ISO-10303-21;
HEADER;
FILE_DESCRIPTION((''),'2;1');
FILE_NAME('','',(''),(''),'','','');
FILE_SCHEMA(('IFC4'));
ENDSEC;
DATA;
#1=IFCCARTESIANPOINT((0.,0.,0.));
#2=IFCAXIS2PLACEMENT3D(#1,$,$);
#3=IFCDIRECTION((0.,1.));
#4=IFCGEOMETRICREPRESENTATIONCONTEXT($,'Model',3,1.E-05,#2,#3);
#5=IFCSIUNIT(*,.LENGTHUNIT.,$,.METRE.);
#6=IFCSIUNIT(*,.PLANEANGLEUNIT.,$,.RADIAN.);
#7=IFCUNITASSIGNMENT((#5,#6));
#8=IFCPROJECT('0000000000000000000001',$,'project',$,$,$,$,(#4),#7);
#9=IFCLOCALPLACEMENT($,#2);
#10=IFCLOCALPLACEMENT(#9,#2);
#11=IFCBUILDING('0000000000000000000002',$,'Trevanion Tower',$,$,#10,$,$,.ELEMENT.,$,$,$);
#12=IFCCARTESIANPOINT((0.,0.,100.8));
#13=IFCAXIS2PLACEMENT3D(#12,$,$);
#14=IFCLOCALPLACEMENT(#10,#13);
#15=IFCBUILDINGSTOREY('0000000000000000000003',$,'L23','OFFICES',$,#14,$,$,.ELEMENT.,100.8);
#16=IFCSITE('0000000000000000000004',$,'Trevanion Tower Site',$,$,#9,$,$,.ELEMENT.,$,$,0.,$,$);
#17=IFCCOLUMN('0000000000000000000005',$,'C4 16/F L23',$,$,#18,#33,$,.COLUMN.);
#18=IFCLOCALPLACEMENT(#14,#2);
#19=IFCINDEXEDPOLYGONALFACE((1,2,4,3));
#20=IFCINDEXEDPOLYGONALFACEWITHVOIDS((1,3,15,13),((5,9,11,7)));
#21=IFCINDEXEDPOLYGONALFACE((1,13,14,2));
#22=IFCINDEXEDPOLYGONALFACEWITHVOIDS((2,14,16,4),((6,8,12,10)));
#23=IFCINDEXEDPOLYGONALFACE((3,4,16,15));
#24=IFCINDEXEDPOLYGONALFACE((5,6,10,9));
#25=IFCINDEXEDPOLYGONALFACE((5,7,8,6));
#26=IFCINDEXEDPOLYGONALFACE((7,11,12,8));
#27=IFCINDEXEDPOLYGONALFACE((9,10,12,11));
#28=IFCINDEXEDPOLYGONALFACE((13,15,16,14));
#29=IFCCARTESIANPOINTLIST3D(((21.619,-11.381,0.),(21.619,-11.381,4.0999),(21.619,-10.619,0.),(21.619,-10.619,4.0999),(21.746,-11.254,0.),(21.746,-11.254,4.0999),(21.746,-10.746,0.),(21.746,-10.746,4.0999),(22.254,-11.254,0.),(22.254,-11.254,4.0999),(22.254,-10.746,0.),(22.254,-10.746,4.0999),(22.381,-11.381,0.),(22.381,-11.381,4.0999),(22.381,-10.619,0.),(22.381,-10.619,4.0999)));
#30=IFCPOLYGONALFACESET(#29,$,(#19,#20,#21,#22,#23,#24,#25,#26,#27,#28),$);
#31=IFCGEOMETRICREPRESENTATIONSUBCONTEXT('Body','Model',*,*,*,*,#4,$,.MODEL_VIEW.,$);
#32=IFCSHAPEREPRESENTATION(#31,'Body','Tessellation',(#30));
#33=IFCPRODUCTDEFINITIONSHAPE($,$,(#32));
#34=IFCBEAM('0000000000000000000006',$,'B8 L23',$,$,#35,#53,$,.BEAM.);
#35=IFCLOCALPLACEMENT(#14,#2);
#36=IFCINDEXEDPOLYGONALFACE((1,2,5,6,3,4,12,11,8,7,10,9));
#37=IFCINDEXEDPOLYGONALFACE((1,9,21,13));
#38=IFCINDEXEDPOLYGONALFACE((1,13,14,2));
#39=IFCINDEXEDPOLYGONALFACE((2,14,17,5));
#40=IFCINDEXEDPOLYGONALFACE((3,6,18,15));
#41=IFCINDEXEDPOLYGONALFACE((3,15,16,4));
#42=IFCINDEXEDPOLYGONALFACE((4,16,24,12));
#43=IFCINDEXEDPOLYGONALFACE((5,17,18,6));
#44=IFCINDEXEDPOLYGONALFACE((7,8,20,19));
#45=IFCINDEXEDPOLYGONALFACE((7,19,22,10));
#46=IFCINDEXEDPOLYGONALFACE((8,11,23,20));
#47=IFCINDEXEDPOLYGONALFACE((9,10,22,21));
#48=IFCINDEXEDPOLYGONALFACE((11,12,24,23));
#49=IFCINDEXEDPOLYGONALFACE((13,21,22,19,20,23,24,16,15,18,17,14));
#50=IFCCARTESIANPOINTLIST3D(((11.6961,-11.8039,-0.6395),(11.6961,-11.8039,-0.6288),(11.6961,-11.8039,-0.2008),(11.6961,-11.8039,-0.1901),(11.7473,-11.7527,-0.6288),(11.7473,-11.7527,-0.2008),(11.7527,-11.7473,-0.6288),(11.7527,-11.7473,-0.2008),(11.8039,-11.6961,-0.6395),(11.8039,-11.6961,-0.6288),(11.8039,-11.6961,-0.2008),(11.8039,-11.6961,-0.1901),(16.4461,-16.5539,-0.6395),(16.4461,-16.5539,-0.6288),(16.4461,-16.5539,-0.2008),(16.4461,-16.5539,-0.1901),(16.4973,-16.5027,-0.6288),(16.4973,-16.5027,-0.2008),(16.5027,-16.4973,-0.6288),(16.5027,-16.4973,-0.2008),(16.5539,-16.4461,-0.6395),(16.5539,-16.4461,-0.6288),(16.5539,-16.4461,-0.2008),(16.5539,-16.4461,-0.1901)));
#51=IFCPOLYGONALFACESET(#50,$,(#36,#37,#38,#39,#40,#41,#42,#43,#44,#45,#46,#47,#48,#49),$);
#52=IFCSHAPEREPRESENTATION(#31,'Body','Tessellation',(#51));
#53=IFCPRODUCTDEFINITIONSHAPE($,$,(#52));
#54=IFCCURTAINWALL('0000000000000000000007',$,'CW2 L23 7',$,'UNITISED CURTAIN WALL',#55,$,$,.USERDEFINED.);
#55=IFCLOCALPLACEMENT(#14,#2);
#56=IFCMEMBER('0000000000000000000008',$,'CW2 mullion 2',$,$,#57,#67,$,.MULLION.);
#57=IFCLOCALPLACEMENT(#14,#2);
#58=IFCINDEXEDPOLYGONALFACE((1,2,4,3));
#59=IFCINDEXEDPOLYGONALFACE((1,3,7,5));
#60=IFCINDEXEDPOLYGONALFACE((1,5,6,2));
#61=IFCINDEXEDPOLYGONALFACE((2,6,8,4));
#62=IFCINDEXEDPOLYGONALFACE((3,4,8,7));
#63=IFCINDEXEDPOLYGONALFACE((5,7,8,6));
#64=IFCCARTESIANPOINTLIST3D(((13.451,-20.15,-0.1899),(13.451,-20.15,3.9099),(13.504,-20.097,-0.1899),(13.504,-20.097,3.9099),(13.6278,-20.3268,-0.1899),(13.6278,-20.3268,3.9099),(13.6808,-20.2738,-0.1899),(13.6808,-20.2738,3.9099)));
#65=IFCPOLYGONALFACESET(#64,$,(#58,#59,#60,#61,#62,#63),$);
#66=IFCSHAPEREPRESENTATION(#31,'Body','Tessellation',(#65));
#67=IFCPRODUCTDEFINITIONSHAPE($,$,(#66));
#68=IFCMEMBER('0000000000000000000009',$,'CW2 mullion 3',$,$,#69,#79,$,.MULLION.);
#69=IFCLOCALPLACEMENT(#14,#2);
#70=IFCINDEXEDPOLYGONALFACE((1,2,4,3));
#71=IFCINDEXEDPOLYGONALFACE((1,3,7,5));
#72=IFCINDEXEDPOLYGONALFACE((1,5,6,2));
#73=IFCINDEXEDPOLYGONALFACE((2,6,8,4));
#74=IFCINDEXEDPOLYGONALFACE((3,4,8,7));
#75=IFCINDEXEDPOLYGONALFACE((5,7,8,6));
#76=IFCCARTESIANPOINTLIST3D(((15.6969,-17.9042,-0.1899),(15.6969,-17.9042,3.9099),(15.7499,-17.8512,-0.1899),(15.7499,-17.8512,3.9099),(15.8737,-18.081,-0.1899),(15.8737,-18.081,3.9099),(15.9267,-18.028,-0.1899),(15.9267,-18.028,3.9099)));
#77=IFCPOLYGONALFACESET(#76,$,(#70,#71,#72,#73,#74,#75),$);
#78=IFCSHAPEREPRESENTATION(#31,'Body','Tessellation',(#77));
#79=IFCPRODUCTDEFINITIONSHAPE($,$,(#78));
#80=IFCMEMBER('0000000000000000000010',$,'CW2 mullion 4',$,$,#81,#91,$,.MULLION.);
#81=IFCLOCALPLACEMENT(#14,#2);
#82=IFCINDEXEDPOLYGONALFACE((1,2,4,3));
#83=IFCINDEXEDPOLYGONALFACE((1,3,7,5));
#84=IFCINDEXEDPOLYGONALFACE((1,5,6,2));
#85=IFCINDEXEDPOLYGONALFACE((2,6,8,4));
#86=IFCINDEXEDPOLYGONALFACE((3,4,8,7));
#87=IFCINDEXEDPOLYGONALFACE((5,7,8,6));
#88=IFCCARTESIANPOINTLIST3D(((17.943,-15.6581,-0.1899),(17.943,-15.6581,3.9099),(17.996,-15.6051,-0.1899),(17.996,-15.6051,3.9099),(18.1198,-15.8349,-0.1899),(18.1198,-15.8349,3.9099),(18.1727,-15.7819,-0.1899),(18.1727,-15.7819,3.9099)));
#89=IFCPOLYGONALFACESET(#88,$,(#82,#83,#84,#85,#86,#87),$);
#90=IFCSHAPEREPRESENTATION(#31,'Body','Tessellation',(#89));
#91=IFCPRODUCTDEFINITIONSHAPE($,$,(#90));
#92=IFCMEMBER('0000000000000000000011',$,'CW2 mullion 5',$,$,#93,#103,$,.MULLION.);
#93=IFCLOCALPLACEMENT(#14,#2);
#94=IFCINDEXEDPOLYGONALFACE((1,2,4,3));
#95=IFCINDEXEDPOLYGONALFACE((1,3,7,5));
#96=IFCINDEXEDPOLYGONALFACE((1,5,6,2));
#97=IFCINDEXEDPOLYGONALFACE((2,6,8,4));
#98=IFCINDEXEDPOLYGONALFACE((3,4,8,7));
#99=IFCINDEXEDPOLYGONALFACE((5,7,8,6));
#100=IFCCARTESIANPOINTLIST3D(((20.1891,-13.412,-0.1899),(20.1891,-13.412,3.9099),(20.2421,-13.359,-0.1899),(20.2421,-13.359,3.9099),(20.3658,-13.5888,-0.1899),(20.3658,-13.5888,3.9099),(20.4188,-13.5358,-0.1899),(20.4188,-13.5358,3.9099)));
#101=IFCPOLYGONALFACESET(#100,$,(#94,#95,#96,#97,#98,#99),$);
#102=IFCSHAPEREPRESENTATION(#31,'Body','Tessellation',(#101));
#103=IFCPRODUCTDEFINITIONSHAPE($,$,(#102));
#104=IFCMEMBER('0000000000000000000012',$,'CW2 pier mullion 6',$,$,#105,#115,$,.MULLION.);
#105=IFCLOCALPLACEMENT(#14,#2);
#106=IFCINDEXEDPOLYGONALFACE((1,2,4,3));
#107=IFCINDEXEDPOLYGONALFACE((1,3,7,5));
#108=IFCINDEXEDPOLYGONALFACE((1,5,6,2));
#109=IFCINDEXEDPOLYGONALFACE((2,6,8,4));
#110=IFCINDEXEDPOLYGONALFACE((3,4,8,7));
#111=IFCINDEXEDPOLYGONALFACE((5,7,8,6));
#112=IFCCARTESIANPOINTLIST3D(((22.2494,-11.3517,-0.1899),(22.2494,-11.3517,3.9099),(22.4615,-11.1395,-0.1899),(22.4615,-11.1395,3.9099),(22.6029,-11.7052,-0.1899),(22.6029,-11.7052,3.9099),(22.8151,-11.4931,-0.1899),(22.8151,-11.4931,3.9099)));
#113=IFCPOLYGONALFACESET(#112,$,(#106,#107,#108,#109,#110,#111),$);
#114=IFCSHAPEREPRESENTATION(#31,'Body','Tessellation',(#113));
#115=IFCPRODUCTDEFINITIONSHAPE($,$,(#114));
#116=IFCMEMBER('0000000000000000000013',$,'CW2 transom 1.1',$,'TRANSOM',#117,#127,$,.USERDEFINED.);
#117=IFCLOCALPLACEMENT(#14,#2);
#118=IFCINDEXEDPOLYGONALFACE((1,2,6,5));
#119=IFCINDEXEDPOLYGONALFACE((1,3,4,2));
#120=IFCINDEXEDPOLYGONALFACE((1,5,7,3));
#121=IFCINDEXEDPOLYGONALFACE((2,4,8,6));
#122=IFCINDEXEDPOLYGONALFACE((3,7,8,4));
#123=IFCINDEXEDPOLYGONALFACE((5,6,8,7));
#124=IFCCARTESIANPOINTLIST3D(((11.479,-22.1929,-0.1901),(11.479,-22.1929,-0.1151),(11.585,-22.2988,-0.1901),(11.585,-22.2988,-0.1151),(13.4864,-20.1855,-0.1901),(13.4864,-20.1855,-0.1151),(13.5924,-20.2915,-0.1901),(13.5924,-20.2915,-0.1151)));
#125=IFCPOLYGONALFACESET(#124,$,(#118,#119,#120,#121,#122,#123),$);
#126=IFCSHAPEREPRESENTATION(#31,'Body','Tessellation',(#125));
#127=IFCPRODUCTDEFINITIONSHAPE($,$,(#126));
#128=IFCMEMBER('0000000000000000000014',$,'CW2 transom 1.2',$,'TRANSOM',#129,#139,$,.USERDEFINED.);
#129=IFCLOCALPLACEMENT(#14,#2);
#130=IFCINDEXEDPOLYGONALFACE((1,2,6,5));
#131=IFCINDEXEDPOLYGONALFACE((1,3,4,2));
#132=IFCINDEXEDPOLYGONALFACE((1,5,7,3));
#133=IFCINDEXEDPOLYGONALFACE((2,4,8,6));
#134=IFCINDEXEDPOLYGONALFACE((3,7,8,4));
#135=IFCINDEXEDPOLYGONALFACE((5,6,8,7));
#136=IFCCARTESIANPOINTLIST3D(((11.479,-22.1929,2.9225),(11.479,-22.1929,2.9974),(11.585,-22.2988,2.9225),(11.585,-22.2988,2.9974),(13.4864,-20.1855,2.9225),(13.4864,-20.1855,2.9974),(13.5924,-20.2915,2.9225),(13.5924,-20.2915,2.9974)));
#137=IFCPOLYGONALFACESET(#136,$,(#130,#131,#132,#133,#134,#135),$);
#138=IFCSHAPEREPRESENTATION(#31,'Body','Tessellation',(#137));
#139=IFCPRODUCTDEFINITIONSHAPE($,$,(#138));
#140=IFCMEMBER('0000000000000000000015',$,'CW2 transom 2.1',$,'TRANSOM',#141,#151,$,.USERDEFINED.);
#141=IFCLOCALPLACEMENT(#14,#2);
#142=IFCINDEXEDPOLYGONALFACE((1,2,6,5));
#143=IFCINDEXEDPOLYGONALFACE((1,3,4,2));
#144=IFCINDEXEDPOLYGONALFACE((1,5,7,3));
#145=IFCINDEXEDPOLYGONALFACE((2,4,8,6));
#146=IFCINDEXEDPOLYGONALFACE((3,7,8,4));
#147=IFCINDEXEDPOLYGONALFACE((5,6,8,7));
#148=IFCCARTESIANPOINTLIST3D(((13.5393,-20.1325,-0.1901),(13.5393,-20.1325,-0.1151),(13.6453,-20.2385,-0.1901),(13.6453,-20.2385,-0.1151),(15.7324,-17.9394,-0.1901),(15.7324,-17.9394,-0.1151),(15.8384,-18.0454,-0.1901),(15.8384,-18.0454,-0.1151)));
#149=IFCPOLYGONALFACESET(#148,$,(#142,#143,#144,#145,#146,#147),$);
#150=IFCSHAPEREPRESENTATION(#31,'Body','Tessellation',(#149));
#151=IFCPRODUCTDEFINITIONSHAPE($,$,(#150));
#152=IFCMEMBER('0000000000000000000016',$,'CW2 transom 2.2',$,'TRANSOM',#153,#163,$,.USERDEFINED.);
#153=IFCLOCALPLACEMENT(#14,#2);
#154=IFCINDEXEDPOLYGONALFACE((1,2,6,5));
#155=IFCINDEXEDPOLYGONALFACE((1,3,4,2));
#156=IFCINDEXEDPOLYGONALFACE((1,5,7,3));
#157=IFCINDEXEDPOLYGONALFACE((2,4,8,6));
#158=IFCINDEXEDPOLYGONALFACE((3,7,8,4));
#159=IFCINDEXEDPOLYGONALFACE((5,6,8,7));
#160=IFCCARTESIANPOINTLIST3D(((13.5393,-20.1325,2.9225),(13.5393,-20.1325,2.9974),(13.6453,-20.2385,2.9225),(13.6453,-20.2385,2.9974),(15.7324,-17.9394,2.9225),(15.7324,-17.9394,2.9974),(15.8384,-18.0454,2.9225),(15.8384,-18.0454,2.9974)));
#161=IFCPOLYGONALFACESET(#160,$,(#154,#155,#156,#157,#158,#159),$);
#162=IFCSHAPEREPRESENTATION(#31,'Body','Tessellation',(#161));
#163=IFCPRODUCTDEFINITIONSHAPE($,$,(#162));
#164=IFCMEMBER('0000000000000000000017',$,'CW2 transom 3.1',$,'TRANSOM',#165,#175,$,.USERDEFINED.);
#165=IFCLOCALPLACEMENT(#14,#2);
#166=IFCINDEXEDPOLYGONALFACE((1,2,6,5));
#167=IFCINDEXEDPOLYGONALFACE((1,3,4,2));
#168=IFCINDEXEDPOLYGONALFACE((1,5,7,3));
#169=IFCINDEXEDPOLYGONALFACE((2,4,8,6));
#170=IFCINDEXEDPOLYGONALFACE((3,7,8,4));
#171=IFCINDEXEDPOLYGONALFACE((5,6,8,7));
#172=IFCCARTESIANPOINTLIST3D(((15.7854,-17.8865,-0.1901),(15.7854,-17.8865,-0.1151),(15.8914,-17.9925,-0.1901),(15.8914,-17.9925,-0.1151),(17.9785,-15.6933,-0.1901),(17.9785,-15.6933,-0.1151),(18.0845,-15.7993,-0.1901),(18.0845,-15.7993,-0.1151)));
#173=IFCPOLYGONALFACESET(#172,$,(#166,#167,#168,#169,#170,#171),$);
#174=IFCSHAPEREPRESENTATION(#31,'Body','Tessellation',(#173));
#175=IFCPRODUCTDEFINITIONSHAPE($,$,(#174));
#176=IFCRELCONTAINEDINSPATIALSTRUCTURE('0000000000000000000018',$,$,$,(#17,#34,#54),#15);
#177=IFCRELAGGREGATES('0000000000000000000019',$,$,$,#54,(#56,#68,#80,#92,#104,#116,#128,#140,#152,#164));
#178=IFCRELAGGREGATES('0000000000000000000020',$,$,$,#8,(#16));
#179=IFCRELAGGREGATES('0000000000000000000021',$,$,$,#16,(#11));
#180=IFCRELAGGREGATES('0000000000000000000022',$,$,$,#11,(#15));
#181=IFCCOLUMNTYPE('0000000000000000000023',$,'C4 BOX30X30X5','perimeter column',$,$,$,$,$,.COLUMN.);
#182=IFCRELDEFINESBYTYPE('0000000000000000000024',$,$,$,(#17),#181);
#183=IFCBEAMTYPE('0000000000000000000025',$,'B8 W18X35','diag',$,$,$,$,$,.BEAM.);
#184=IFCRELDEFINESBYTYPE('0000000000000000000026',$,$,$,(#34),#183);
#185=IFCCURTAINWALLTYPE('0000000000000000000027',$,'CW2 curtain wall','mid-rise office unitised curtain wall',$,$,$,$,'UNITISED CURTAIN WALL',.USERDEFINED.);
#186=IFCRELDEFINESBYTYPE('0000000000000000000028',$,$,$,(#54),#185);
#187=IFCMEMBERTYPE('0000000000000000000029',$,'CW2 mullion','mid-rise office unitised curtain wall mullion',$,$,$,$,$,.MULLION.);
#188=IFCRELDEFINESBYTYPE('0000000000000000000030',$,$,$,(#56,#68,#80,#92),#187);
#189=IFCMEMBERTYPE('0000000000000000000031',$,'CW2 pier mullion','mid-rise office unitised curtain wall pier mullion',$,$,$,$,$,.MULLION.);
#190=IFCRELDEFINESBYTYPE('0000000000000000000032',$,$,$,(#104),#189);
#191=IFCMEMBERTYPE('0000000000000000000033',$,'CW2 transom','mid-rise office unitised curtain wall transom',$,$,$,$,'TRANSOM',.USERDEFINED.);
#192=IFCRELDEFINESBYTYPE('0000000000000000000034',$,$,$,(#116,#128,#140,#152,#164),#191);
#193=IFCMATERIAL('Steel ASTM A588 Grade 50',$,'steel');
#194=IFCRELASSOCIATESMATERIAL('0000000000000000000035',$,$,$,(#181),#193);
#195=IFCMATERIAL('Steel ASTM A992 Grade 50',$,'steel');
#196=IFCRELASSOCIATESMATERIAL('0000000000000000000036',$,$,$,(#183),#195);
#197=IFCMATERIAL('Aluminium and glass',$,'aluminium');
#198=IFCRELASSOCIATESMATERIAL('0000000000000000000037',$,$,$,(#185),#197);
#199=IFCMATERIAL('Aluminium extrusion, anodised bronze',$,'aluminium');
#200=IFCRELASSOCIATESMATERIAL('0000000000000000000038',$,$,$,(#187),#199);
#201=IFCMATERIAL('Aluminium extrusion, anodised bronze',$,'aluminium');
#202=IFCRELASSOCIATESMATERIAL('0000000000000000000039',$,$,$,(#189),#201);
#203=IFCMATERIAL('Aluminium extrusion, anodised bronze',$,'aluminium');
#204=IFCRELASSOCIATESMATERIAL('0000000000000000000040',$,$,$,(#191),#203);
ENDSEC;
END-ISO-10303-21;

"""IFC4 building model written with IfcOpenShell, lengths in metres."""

from ifc_helpers import new_model, si_unit, direction, frame, origin, origin_2d, place, context, subcontext, project, spatial, rectangle, hollow_rectangle, i_section, extrude, material, material_profile, profile_set, type_object, element, aggregate, save


model = new_model("IFC4")

# Units and contexts
model_context = context("Model", 3, precision=1e-05, world=origin(), true_north=direction((0.0, 1.0)))
body_context = subcontext(model_context, "Body", "Model", "MODEL_VIEW")
ifc_project = project(units=[si_unit("LENGTHUNIT", "METRE"), si_unit("PLANEANGLEUNIT", "RADIAN")], contexts=[model_context])

# Site, building, storey
site_placement = place(None, origin())
site = spatial("IfcSite", under=ifc_project, at=site_placement, Name="Trevanion Tower Site", CompositionType="ELEMENT", RefElevation=0.0)
building_placement = place(site_placement, origin())
building = spatial("IfcBuilding", under=site, at=building_placement, Name="Trevanion Tower", CompositionType="ELEMENT")
storey_placement = place(building_placement, frame((0.0, 0.0, 100.8)))
storey = spatial("IfcBuildingStorey", under=building, at=storey_placement, Name="L23", Description="OFFICES", CompositionType="ELEMENT", Elevation=100.8)

# Column
ifc_material_1 = material(Name="Steel ASTM A588 Grade 50", Category="steel")
ifc_material_profile_1 = material_profile(ifc_material_1, hollow_rectangle(XDim=0.762, YDim=0.762, WallThickness=0.127, at=origin_2d()), Name="BOX30X30X5")
ifc_profile_set_1 = profile_set([ifc_material_profile_1], Name="Steel ASTM A588 Grade 50")
column_type = type_object("IfcColumnType", Name="C4 BOX30X30X5", Description="perimeter column", PredefinedType="COLUMN", material=ifc_profile_set_1)
column_placement = place(storey_placement, frame((22.0, -11.0, 0.0), z_axis=(0.0, 0.0, 1.0), x_axis=(0.0, 1.0, 0.0)))
element("IfcColumn", 1, at=column_placement, inside=storey, type_object=column_type, Name="C4 16/F L23", PredefinedType="COLUMN", context=body_context, shape_type="SweptSolid", body=[
    extrude(hollow_rectangle(XDim=0.762, YDim=0.762, WallThickness=0.127, at=origin_2d()), origin(), (0.0, 0.0, 1.0), 4.0999),
])

# Beam
ifc_material_2 = material(Name="Steel ASTM A992 Grade 50", Category="steel")
ifc_material_profile_2 = material_profile(ifc_material_2, i_section(OverallWidth=0.1523, OverallDepth=0.4495, WebThickness=0.0076, FlangeThickness=0.0107, at=origin_2d()), Name="W18X35")
ifc_profile_set_2 = profile_set([ifc_material_profile_2], Name="Steel ASTM A992 Grade 50")
beam_type_1 = type_object("IfcBeamType", Name="B8 W18X35", Description="diag", PredefinedType="BEAM", material=ifc_profile_set_2)
beam_1_placement = place(storey_placement, frame((11.75, -11.75, -0.4148), z_axis=(0.707107, -0.707107, 0.0), x_axis=(0.707107, 0.707107, 0.0)))
element("IfcBeam", 2, at=beam_1_placement, inside=storey, type_object=beam_type_1, Name="B8 L23", PredefinedType="BEAM", context=body_context, shape_type="SweptSolid", body=[
    extrude(i_section(OverallWidth=0.1523, OverallDepth=0.4495, WebThickness=0.0076, FlangeThickness=0.0107, at=origin_2d()), origin(), (0.0, 0.0, 1.0), 6.7175),
])

# Curtain wall, members
ifc_material_3 = material(Name="Aluminium and glass", Category="aluminium")
curtain_wall_type = type_object("IfcCurtainWallType", Name="CW2 curtain wall", Description="mid-rise office unitised curtain wall", ElementType="UNITISED CURTAIN WALL", PredefinedType="USERDEFINED", material=ifc_material_3)
curtain_wall_placement = place(storey_placement, origin())
curtain_wall = element("IfcCurtainWall", 3, at=curtain_wall_placement, inside=storey, type_object=curtain_wall_type, Name="CW2 L23 7", ObjectType="UNITISED CURTAIN WALL", PredefinedType="USERDEFINED")
ifc_material_4 = material(Name="Aluminium extrusion, anodised bronze", Category="aluminium")
ifc_material_profile_3 = material_profile(ifc_material_4, rectangle(XDim=0.075, YDim=0.25, at=origin_2d()), Name="CW2 mullion")
ifc_profile_set_3 = profile_set([ifc_material_profile_3], Name="Aluminium extrusion, anodised bronze")
member_type_1 = type_object("IfcMemberType", Name="CW2 mullion", Description="mid-rise office unitised curtain wall mullion", PredefinedType="MULLION", material=ifc_profile_set_3)
member_1_placement = place(storey_placement, frame((13.5659, -20.2119, -0.1899), z_axis=(0.0, 0.0, 1.0), x_axis=(0.707107, 0.707107, 0.0)))
member_1 = element("IfcMember", 4, at=member_1_placement, type_object=member_type_1, Name="CW2 mullion 2", PredefinedType="MULLION", context=body_context, shape_type="SweptSolid", body=[
    extrude(rectangle(XDim=0.075, YDim=0.25, at=origin_2d()), origin(), (0.0, 0.0, 1.0), 4.0999),
])
member_2_placement = place(storey_placement, frame((15.8118, -17.9661, -0.1899), z_axis=(0.0, 0.0, 1.0), x_axis=(0.707107, 0.707107, 0.0)))
member_2 = element("IfcMember", 5, at=member_2_placement, type_object=member_type_1, Name="CW2 mullion 3", PredefinedType="MULLION", context=body_context, shape_type="SweptSolid", body=[
    extrude(rectangle(XDim=0.075, YDim=0.25, at=origin_2d()), origin(), (0.0, 0.0, 1.0), 4.0999),
])
member_3_placement = place(storey_placement, frame((18.0579, -15.72, -0.1899), z_axis=(0.0, 0.0, 1.0), x_axis=(0.707107, 0.707107, 0.0)))
member_3 = element("IfcMember", 6, at=member_3_placement, type_object=member_type_1, Name="CW2 mullion 4", PredefinedType="MULLION", context=body_context, shape_type="SweptSolid", body=[
    extrude(rectangle(XDim=0.075, YDim=0.25, at=origin_2d()), origin(), (0.0, 0.0, 1.0), 4.0999),
])
member_4_placement = place(storey_placement, frame((20.304, -13.4739, -0.1899), z_axis=(0.0, 0.0, 1.0), x_axis=(0.707107, 0.707107, 0.0)))
member_4 = element("IfcMember", 7, at=member_4_placement, type_object=member_type_1, Name="CW2 mullion 5", PredefinedType="MULLION", context=body_context, shape_type="SweptSolid", body=[
    extrude(rectangle(XDim=0.075, YDim=0.25, at=origin_2d()), origin(), (0.0, 0.0, 1.0), 4.0999),
])
ifc_material_5 = material(Name="Aluminium extrusion, anodised bronze", Category="aluminium")
ifc_material_profile_4 = material_profile(ifc_material_5, rectangle(XDim=0.3, YDim=0.5, at=origin_2d()), Name="CW2 pier mullion")
ifc_profile_set_4 = profile_set([ifc_material_profile_4], Name="Aluminium extrusion, anodised bronze")
member_type_2 = type_object("IfcMemberType", Name="CW2 pier mullion", Description="mid-rise office unitised curtain wall pier mullion", PredefinedType="MULLION", material=ifc_profile_set_4)
member_5_placement = place(storey_placement, frame((22.5322, -11.4224, -0.1899), z_axis=(0.0, 0.0, 1.0), x_axis=(0.707107, 0.707107, 0.0)))
member_5 = element("IfcMember", 8, at=member_5_placement, type_object=member_type_2, Name="CW2 pier mullion 6", PredefinedType="MULLION", context=body_context, shape_type="SweptSolid", body=[
    extrude(rectangle(XDim=0.3, YDim=0.5, at=origin_2d()), origin(), (0.0, 0.0, 1.0), 4.0999),
])
ifc_material_6 = material(Name="Aluminium extrusion, anodised bronze", Category="aluminium")
ifc_material_profile_5 = material_profile(ifc_material_6, rectangle(XDim=0.1499, YDim=0.075, at=origin_2d()), Name="CW2 transom")
ifc_profile_set_5 = profile_set([ifc_material_profile_5], Name="Aluminium extrusion, anodised bronze")
member_type_3 = type_object("IfcMemberType", Name="CW2 transom", Description="mid-rise office unitised curtain wall transom", ElementType="TRANSOM", PredefinedType="USERDEFINED", material=ifc_profile_set_5)
member_6_placement = place(storey_placement, frame((11.532, -22.2458, -0.1526), z_axis=(0.707107, 0.707107, 0.0), x_axis=(-0.707107, 0.707107, 0.0)))
member_6 = element("IfcMember", 9, at=member_6_placement, type_object=member_type_3, Name="CW2 transom 1.1", ObjectType="TRANSOM", PredefinedType="USERDEFINED", context=body_context, shape_type="SweptSolid", body=[
    extrude(rectangle(XDim=0.1499, YDim=0.075, at=origin_2d()), origin(), (0.0, 0.0, 1.0), 2.8389),
])
member_7_placement = place(storey_placement, frame((11.532, -22.2458, 2.96), z_axis=(0.707107, 0.707107, 0.0), x_axis=(-0.707107, 0.707107, 0.0)))
member_7 = element("IfcMember", 10, at=member_7_placement, type_object=member_type_3, Name="CW2 transom 1.2", ObjectType="TRANSOM", PredefinedType="USERDEFINED", context=body_context, shape_type="SweptSolid", body=[
    extrude(rectangle(XDim=0.1499, YDim=0.075, at=origin_2d()), origin(), (0.0, 0.0, 1.0), 2.8389),
])
member_8_placement = place(storey_placement, frame((13.5923, -20.1855, -0.1526), z_axis=(0.707107, 0.707107, 0.0), x_axis=(-0.707107, 0.707107, 0.0)))
member_8 = element("IfcMember", 11, at=member_8_placement, type_object=member_type_3, Name="CW2 transom 2.1", ObjectType="TRANSOM", PredefinedType="USERDEFINED", context=body_context, shape_type="SweptSolid", body=[
    extrude(rectangle(XDim=0.1499, YDim=0.075, at=origin_2d()), origin(), (0.0, 0.0, 1.0), 3.1016),
])
member_9_placement = place(storey_placement, frame((13.5923, -20.1855, 2.96), z_axis=(0.707107, 0.707107, 0.0), x_axis=(-0.707107, 0.707107, 0.0)))
member_9 = element("IfcMember", 12, at=member_9_placement, type_object=member_type_3, Name="CW2 transom 2.2", ObjectType="TRANSOM", PredefinedType="USERDEFINED", context=body_context, shape_type="SweptSolid", body=[
    extrude(rectangle(XDim=0.1499, YDim=0.075, at=origin_2d()), origin(), (0.0, 0.0, 1.0), 3.1016),
])
member_10_placement = place(storey_placement, frame((15.8384, -17.9395, -0.1526), z_axis=(0.707107, 0.707107, 0.0), x_axis=(-0.707107, 0.707107, 0.0)))
member_10 = element("IfcMember", 13, at=member_10_placement, type_object=member_type_3, Name="CW2 transom 3.1", ObjectType="TRANSOM", PredefinedType="USERDEFINED", context=body_context, shape_type="SweptSolid", body=[
    extrude(rectangle(XDim=0.1499, YDim=0.075, at=origin_2d()), origin(), (0.0, 0.0, 1.0), 3.1016),
])

aggregate(curtain_wall, [member_1, member_2, member_3, member_4, member_5, member_6, member_7, member_8, member_9, member_10])

save(model, "model.ifc")
